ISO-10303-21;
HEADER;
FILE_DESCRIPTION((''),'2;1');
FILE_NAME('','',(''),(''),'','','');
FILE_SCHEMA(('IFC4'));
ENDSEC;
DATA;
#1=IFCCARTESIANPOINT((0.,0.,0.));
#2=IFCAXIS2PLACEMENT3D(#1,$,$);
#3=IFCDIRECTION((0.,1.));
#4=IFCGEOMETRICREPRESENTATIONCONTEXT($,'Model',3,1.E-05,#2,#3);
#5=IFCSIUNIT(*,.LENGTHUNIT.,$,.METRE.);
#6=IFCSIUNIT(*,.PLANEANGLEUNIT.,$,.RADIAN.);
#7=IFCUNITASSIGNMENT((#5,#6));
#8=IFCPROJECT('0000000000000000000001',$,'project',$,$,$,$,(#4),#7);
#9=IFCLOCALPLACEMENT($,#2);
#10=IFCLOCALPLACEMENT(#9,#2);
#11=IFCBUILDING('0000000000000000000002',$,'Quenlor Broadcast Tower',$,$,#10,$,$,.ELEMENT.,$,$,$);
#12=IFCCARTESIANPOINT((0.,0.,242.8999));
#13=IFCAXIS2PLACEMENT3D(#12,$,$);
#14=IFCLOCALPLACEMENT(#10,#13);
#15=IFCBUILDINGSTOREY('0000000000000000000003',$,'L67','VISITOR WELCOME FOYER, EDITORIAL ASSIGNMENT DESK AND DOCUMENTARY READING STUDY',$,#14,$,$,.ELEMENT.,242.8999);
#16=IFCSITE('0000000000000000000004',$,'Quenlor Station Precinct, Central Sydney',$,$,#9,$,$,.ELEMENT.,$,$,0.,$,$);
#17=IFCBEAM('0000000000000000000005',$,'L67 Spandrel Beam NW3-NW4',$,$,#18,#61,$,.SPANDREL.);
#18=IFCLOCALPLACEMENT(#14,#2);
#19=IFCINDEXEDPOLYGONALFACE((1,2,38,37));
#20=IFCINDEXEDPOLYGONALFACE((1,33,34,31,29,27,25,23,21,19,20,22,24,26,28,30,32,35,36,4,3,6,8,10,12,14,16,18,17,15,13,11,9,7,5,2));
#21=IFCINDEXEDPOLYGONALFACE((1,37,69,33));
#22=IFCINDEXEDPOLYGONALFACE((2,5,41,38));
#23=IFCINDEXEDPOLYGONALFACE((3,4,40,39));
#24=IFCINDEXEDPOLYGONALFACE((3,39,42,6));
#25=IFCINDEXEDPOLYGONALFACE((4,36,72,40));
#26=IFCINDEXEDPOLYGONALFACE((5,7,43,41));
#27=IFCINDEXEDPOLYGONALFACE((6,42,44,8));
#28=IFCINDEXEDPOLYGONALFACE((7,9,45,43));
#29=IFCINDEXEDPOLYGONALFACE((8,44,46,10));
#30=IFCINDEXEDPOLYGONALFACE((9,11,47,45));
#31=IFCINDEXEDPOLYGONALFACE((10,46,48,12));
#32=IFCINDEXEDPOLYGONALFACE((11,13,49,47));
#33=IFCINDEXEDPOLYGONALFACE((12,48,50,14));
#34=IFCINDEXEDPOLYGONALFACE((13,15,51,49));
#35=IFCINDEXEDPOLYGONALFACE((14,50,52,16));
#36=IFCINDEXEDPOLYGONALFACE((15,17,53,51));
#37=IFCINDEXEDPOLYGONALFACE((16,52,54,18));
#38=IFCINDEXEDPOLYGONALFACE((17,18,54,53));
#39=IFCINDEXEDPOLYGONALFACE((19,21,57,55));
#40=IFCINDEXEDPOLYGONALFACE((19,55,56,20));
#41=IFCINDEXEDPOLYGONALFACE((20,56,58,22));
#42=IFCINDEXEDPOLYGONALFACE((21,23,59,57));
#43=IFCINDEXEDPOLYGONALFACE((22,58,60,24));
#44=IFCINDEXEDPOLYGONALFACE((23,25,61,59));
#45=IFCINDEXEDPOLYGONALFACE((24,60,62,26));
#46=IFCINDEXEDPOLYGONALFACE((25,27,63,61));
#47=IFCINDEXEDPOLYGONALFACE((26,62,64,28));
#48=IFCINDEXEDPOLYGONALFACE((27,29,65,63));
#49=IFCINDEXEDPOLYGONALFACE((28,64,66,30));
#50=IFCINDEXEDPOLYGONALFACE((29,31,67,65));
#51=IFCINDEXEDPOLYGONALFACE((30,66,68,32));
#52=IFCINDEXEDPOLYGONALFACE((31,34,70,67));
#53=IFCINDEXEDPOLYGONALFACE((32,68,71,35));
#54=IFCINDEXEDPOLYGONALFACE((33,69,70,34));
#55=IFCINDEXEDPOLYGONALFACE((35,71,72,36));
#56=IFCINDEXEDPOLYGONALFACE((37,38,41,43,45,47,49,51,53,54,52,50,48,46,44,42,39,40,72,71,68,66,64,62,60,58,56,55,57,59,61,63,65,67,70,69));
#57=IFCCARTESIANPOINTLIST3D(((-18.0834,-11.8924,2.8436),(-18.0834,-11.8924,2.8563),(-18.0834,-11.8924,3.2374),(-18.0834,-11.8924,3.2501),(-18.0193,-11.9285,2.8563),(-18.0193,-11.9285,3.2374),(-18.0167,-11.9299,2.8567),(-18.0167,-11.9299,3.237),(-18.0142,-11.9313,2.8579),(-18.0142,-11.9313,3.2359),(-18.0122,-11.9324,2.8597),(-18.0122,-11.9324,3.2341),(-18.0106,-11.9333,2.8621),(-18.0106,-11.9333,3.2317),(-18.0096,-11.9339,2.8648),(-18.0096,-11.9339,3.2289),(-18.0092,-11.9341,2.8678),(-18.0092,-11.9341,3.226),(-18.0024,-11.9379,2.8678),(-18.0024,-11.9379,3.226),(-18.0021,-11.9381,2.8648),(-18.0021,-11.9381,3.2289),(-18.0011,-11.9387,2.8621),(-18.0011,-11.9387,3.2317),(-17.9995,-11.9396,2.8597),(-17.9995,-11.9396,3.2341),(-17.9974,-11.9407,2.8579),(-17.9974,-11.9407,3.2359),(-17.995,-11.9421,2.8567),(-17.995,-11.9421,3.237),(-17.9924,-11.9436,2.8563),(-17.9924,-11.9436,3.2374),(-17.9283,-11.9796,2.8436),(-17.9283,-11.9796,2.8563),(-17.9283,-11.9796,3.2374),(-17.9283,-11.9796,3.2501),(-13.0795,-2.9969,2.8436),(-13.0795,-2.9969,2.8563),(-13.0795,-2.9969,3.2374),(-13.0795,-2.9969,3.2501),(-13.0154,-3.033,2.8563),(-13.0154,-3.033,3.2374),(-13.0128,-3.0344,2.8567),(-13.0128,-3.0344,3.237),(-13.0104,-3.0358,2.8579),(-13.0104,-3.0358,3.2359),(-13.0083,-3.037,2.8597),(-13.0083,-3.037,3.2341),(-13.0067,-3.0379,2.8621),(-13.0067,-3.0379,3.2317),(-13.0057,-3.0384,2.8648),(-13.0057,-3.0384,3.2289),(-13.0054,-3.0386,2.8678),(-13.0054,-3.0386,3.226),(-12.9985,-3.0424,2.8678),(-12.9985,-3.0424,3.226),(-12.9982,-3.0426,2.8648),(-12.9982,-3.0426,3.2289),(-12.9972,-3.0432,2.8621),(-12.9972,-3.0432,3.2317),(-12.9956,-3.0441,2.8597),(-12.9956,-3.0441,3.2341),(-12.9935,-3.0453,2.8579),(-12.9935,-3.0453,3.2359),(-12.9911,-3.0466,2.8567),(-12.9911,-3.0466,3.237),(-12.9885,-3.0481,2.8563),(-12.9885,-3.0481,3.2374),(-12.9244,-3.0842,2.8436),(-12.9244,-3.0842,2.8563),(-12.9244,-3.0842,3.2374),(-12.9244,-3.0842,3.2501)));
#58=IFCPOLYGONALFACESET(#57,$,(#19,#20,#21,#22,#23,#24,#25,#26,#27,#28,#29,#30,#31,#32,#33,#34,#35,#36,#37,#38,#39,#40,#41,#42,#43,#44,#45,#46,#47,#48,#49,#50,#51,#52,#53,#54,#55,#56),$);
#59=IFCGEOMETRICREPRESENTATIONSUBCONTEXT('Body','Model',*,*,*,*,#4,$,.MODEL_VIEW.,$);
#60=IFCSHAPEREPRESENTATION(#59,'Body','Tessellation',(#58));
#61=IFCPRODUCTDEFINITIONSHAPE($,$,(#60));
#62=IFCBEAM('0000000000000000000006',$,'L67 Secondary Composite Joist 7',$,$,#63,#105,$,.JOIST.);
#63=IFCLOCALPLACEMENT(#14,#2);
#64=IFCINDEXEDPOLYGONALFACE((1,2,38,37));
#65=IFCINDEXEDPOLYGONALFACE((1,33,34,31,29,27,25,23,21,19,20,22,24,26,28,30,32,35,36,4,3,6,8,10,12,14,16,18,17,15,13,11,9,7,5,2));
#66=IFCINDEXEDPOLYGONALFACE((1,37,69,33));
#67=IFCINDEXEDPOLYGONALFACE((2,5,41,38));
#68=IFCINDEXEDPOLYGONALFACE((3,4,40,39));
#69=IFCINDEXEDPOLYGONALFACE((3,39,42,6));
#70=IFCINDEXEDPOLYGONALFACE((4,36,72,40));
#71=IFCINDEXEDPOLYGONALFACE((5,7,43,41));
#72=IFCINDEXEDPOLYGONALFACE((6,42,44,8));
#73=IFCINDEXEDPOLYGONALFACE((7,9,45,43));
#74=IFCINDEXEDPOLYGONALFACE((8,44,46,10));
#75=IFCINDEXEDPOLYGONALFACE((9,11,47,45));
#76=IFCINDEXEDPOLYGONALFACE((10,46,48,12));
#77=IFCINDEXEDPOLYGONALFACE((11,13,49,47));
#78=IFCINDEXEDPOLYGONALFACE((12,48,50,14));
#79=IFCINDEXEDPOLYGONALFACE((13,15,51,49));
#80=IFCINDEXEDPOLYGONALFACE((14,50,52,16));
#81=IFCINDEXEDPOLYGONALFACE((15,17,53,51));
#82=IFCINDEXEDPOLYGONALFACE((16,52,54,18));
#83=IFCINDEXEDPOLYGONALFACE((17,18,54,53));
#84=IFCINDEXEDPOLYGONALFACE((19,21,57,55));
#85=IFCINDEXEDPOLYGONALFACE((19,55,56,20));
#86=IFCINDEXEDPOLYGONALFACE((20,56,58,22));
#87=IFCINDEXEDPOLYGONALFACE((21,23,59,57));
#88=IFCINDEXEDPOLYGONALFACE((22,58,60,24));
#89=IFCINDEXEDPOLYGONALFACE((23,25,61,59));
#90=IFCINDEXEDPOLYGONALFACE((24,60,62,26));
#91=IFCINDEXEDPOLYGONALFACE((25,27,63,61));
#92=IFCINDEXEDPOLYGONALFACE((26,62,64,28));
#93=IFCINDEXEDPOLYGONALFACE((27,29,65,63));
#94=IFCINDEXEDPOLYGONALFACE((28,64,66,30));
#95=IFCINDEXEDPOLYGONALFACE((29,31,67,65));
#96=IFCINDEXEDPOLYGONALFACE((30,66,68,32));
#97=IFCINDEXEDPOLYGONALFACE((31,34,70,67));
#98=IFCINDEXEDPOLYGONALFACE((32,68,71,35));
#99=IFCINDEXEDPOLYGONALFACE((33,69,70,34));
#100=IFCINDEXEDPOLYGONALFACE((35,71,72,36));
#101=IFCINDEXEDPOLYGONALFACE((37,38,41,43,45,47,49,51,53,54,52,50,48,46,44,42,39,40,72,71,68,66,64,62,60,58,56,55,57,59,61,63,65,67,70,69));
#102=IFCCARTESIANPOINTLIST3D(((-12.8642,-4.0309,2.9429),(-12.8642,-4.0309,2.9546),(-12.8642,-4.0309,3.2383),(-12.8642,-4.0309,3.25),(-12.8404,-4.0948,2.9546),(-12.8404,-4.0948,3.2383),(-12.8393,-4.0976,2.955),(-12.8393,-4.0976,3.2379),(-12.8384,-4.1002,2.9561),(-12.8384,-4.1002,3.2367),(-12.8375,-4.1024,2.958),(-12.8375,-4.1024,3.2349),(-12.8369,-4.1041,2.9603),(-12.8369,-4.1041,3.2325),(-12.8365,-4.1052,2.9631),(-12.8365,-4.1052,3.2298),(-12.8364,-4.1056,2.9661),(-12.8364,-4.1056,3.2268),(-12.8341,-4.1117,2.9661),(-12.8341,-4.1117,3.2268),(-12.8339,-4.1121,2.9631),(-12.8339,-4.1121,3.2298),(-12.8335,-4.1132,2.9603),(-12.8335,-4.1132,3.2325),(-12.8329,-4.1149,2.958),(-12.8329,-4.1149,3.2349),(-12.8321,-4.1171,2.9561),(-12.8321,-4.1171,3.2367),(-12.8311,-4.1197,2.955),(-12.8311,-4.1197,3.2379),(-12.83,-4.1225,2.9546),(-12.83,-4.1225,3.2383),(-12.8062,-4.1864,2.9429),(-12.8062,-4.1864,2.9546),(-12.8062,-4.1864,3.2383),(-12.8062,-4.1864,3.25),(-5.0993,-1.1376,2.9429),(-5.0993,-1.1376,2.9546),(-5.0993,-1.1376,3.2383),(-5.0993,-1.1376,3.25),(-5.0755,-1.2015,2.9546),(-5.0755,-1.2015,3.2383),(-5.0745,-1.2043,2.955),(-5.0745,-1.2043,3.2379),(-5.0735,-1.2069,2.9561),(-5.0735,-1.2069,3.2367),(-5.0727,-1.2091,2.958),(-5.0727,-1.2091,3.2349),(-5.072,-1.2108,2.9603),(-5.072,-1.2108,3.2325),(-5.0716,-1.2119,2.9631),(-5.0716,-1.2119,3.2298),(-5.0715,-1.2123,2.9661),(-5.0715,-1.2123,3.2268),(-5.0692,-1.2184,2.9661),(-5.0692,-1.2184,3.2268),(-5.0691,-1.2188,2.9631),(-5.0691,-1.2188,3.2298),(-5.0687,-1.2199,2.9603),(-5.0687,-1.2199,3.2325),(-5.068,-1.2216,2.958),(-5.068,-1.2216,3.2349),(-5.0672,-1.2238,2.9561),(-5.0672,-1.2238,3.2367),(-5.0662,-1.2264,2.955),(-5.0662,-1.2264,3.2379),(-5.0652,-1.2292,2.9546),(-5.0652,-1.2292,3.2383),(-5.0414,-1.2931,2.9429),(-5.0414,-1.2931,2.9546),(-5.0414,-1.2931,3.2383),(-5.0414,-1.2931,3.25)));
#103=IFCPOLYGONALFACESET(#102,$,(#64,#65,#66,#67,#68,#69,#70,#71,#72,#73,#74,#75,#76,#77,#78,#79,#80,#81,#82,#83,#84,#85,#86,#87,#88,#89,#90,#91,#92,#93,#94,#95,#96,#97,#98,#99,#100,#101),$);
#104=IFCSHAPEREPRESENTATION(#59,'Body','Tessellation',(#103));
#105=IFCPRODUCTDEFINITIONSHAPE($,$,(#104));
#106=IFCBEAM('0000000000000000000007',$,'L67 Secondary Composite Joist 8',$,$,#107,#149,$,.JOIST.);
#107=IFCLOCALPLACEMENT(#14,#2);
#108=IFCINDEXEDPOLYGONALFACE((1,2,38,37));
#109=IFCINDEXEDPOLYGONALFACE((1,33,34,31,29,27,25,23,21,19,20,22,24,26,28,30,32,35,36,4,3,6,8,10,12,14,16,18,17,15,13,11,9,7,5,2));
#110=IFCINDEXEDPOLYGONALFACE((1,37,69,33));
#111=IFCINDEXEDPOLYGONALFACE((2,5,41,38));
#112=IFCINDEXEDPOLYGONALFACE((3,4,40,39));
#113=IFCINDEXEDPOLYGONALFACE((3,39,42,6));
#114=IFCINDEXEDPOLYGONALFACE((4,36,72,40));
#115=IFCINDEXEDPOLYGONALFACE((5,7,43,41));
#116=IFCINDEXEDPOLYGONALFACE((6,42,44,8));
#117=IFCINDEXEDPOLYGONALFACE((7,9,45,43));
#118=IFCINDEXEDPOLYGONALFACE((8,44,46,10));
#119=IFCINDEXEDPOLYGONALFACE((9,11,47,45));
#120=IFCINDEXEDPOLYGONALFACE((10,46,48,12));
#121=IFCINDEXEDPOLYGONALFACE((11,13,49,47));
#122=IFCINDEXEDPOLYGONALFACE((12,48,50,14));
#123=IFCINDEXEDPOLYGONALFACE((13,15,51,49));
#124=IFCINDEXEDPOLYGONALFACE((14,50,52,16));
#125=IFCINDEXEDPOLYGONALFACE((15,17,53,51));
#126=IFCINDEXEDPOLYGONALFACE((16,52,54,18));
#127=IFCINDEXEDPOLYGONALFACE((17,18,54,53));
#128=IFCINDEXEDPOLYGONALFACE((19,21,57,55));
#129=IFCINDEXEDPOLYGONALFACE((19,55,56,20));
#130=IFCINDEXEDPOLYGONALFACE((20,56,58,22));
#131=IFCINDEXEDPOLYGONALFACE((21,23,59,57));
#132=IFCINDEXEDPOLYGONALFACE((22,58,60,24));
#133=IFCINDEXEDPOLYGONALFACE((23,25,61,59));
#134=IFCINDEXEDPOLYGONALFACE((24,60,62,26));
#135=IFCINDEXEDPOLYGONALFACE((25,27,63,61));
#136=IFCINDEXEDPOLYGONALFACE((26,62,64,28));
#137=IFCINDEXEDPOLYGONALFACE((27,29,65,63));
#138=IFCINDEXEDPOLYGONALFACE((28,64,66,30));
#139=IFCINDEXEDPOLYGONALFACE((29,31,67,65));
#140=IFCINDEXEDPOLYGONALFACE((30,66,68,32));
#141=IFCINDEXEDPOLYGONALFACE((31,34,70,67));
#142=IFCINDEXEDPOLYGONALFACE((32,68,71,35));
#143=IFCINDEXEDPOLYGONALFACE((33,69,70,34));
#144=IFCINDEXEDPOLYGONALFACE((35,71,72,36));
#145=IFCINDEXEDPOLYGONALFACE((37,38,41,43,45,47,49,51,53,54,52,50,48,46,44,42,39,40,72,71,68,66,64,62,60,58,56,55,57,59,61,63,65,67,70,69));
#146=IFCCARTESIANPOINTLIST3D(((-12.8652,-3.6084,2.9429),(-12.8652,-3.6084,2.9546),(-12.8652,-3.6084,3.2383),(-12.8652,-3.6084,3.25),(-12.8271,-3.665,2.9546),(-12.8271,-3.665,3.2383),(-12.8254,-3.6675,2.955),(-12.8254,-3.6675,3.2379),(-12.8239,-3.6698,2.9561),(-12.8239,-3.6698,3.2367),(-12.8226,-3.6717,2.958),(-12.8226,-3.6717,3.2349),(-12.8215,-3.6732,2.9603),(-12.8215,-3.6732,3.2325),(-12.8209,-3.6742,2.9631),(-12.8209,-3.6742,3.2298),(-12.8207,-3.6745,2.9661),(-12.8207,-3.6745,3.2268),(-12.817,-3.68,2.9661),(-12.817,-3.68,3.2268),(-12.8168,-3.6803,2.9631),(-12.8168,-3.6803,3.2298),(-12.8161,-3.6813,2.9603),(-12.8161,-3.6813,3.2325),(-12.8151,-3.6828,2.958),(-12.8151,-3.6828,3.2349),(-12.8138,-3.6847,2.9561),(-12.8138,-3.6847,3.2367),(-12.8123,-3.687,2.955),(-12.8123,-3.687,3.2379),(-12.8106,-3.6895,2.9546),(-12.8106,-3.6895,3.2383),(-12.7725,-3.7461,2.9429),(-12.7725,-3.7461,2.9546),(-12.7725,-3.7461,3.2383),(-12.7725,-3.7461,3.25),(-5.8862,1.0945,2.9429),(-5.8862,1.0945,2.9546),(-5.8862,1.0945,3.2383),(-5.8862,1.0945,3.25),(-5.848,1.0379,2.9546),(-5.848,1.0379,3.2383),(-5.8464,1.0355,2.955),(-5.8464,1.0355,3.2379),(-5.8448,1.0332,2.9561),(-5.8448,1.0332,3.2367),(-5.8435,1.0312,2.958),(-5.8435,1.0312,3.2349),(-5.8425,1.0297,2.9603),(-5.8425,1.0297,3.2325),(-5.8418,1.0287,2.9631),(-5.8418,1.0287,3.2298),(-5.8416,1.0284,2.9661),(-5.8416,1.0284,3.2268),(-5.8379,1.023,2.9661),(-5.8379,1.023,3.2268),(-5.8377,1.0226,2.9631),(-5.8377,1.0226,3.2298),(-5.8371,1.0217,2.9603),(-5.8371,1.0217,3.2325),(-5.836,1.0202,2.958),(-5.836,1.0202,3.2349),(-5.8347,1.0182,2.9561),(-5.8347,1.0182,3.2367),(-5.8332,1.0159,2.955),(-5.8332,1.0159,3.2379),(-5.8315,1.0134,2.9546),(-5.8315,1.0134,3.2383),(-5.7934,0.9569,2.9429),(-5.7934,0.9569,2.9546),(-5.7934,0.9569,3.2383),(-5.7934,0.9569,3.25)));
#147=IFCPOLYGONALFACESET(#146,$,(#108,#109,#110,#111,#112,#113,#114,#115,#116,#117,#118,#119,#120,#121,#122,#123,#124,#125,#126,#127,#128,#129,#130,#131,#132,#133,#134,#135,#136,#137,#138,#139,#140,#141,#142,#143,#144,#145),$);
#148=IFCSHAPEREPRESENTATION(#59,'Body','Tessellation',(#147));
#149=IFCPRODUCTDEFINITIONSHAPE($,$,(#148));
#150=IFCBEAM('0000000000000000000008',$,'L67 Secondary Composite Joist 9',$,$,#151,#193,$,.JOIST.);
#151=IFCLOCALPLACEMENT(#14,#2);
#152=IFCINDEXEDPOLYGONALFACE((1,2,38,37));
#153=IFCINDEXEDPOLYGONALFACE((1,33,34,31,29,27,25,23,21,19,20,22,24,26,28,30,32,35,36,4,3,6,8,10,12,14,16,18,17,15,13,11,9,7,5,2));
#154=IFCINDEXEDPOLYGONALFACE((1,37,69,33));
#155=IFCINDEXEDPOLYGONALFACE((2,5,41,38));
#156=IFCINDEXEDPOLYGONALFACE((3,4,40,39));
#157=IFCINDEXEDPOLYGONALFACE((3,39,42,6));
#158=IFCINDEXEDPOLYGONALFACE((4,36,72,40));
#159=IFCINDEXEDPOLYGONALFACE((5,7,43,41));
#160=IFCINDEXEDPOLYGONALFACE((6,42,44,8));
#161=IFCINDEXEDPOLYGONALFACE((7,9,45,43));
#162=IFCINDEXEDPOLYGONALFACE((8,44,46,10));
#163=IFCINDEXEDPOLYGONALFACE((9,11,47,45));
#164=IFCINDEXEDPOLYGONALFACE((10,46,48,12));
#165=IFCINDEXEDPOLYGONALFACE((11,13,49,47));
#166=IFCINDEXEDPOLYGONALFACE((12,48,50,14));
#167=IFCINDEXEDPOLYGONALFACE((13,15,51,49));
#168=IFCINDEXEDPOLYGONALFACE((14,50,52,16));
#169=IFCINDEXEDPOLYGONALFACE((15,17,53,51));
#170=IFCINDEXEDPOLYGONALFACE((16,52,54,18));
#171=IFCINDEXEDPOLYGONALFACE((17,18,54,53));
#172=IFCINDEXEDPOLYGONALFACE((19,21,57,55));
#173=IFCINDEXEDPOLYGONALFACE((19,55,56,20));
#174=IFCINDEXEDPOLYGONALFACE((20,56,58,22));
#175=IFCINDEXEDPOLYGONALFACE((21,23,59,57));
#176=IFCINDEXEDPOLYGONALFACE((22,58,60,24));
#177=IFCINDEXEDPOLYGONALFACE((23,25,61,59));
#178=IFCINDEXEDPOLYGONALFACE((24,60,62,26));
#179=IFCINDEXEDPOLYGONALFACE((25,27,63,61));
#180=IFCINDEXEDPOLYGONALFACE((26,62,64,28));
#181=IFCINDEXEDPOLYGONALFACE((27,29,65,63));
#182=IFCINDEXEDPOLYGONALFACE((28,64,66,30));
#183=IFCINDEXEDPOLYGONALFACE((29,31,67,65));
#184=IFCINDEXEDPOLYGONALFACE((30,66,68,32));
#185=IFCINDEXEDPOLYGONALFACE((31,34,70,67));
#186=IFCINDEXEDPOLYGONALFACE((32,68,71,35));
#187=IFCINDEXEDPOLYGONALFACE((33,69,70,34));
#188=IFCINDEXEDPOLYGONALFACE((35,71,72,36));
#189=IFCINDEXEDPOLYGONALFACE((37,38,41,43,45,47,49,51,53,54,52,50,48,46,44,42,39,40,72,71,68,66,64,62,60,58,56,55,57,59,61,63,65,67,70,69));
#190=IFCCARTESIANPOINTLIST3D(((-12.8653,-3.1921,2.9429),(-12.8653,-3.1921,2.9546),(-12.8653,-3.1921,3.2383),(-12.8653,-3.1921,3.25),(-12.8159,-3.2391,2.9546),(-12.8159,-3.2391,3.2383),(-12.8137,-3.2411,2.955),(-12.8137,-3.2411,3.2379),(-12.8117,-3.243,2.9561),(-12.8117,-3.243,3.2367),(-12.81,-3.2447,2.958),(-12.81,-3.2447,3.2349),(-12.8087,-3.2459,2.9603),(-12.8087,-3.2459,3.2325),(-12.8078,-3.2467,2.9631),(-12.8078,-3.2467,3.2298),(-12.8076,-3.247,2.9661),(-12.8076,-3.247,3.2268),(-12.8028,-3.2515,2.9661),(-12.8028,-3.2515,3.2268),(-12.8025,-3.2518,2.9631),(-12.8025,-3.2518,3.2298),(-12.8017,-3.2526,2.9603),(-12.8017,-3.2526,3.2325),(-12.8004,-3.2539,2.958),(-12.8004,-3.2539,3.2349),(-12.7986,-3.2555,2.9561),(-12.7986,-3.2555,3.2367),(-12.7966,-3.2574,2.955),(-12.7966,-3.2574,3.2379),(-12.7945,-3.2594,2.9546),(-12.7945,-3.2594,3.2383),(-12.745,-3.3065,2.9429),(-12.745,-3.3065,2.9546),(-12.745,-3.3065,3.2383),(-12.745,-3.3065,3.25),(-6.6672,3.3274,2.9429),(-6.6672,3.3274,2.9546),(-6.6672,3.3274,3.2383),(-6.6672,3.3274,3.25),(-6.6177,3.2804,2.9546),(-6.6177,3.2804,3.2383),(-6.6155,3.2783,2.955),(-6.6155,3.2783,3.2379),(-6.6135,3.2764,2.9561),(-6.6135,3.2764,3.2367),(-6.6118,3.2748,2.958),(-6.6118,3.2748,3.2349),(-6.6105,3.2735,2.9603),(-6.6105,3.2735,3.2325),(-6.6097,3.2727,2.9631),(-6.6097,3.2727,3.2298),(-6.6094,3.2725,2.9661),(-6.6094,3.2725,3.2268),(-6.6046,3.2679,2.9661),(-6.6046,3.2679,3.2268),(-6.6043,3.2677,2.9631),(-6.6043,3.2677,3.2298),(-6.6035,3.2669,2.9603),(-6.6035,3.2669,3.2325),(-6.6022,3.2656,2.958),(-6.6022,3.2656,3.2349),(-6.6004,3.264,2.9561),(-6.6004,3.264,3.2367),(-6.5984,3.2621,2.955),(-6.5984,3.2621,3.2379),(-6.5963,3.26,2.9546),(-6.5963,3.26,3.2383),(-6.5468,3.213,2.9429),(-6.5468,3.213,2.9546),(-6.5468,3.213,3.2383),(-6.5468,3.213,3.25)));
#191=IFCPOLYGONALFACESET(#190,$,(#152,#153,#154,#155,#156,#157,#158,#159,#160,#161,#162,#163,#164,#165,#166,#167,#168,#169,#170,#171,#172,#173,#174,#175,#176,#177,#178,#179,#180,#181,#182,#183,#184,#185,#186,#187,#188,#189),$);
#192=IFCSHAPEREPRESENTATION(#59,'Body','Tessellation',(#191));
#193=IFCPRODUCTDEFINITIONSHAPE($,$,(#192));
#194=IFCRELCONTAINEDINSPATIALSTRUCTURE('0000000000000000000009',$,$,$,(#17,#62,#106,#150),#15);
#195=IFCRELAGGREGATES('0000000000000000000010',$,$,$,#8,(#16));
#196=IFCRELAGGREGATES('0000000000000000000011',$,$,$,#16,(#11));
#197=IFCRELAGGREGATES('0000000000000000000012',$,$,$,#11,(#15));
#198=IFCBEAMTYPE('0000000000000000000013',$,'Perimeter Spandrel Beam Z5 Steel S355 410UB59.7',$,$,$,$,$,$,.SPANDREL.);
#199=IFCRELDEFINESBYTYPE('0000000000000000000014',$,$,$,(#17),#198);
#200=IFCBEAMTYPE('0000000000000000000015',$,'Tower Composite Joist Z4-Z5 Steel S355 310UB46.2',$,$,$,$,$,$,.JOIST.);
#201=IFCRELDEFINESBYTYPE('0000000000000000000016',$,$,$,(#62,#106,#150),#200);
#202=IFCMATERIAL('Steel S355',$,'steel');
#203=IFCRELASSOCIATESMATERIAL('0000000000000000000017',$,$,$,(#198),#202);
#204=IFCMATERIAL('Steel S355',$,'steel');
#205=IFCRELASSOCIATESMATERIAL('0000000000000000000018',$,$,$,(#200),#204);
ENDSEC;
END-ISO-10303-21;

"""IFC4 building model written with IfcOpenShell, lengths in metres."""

from ifc_helpers import new_model, si_unit, direction, frame, origin, origin_2d, place, context, subcontext, project, spatial, i_section, extrude, material, material_profile, profile_set, type_object, element, save


model = new_model("IFC4")

# Units and contexts
model_context = context("Model", 3, precision=1e-05, world=origin(), true_north=direction((0.0, 1.0)))
body_context = subcontext(model_context, "Body", "Model", "MODEL_VIEW")
ifc_project = project(units=[si_unit("LENGTHUNIT", "METRE"), si_unit("PLANEANGLEUNIT", "RADIAN")], contexts=[model_context])

# Site, building, storey
site_placement = place(None, origin())
site = spatial("IfcSite", under=ifc_project, at=site_placement, Name="Quenlor Station Precinct, Central Sydney", CompositionType="ELEMENT", RefElevation=0.0)
building_placement = place(site_placement, origin())
building = spatial("IfcBuilding", under=site, at=building_placement, Name="Quenlor Broadcast Tower", CompositionType="ELEMENT")
storey_placement = place(building_placement, frame((0.0, 0.0, 242.8999)))
storey = spatial("IfcBuildingStorey", under=building, at=storey_placement, Name="L67", Description="VISITOR WELCOME FOYER, EDITORIAL ASSIGNMENT DESK AND DOCUMENTARY READING STUDY", CompositionType="ELEMENT", Elevation=242.8999)

# Beams
ifc_material_1 = material(Name="Steel S355", Category="steel")
ifc_material_profile_1 = material_profile(ifc_material_1, i_section(OverallWidth=0.178, OverallDepth=0.4065, WebThickness=0.0078, FlangeThickness=0.0127, FilletRadius=0.0115, at=origin_2d()))
ifc_profile_set_1 = profile_set([ifc_material_profile_1], Name="Steel S355 410UB59.7")
beam_type_1 = type_object("IfcBeamType", Name="Perimeter Spandrel Beam Z5 Steel S355 410UB59.7", PredefinedType="SPANDREL", material=ifc_profile_set_1)
beam_1_placement = place(storey_placement, frame((-13.002, -3.0405, 3.0469), z_axis=(-0.490275, -0.871568, 0.0), x_axis=(0.871568, -0.490275, 0.0)))
element("IfcBeam", 1, at=beam_1_placement, inside=storey, type_object=beam_type_1, Name="L67 Spandrel Beam NW3-NW4", PredefinedType="SPANDREL", context=body_context, shape_type="SweptSolid", body=[
    extrude(i_section(OverallWidth=0.178, OverallDepth=0.4065, WebThickness=0.0078, FlangeThickness=0.0127, FilletRadius=0.0115, at=origin_2d()), origin(), (0.0, 0.0, 1.0), 10.2063),
])
ifc_material_2 = material(Name="Steel S355", Category="steel")
ifc_material_profile_2 = material_profile(ifc_material_2, i_section(OverallWidth=0.166, OverallDepth=0.3071, WebThickness=0.0066, FlangeThickness=0.0117, FilletRadius=0.0115, at=origin_2d()))
ifc_profile_set_2 = profile_set([ifc_material_profile_2], Name="Steel S355 310UB46.2")
beam_type_2 = type_object("IfcBeamType", Name="Tower Composite Joist Z4-Z5 Steel S355 310UB46.2", PredefinedType="JOIST", material=ifc_profile_set_2)
beam_2_placement = place(storey_placement, frame((-12.8352, -4.1086, 3.0964), z_axis=(0.937062, 0.349163, 0.0), x_axis=(-0.349163, 0.937062, 0.0)))
element("IfcBeam", 2, at=beam_2_placement, inside=storey, type_object=beam_type_2, Name="L67 Secondary Composite Joist 7", PredefinedType="JOIST", context=body_context, shape_type="SweptSolid", body=[
    extrude(i_section(OverallWidth=0.166, OverallDepth=0.3071, WebThickness=0.0066, FlangeThickness=0.0117, FilletRadius=0.0115, at=origin_2d()), origin(), (0.0, 0.0, 1.0), 8.2864),
])
beam_3_placement = place(storey_placement, frame((-12.8188, -3.6772, 3.0964), z_axis=(0.829286, 0.558824, 0.0), x_axis=(-0.558824, 0.829286, 0.0)))
element("IfcBeam", 3, at=beam_3_placement, inside=storey, type_object=beam_type_2, Name="L67 Secondary Composite Joist 8", PredefinedType="JOIST", context=body_context, shape_type="SweptSolid", body=[
    extrude(i_section(OverallWidth=0.166, OverallDepth=0.3071, WebThickness=0.0066, FlangeThickness=0.0117, FilletRadius=0.0115, at=origin_2d()), origin(), (0.0, 0.0, 1.0), 8.4158),
])
beam_4_placement = place(storey_placement, frame((-12.8052, -3.2493, 3.0964), z_axis=(0.689023, 0.724739, 0.0), x_axis=(-0.724739, 0.689023, 0.0)))
element("IfcBeam", 4, at=beam_4_placement, inside=storey, type_object=beam_type_2, Name="L67 Secondary Composite Joist 9", PredefinedType="JOIST", context=body_context, shape_type="SweptSolid", body=[
    extrude(i_section(OverallWidth=0.166, OverallDepth=0.3071, WebThickness=0.0066, FlangeThickness=0.0117, FilletRadius=0.0115, at=origin_2d()), origin(), (0.0, 0.0, 1.0), 8.9956),
])

save(model, "model.ifc")
